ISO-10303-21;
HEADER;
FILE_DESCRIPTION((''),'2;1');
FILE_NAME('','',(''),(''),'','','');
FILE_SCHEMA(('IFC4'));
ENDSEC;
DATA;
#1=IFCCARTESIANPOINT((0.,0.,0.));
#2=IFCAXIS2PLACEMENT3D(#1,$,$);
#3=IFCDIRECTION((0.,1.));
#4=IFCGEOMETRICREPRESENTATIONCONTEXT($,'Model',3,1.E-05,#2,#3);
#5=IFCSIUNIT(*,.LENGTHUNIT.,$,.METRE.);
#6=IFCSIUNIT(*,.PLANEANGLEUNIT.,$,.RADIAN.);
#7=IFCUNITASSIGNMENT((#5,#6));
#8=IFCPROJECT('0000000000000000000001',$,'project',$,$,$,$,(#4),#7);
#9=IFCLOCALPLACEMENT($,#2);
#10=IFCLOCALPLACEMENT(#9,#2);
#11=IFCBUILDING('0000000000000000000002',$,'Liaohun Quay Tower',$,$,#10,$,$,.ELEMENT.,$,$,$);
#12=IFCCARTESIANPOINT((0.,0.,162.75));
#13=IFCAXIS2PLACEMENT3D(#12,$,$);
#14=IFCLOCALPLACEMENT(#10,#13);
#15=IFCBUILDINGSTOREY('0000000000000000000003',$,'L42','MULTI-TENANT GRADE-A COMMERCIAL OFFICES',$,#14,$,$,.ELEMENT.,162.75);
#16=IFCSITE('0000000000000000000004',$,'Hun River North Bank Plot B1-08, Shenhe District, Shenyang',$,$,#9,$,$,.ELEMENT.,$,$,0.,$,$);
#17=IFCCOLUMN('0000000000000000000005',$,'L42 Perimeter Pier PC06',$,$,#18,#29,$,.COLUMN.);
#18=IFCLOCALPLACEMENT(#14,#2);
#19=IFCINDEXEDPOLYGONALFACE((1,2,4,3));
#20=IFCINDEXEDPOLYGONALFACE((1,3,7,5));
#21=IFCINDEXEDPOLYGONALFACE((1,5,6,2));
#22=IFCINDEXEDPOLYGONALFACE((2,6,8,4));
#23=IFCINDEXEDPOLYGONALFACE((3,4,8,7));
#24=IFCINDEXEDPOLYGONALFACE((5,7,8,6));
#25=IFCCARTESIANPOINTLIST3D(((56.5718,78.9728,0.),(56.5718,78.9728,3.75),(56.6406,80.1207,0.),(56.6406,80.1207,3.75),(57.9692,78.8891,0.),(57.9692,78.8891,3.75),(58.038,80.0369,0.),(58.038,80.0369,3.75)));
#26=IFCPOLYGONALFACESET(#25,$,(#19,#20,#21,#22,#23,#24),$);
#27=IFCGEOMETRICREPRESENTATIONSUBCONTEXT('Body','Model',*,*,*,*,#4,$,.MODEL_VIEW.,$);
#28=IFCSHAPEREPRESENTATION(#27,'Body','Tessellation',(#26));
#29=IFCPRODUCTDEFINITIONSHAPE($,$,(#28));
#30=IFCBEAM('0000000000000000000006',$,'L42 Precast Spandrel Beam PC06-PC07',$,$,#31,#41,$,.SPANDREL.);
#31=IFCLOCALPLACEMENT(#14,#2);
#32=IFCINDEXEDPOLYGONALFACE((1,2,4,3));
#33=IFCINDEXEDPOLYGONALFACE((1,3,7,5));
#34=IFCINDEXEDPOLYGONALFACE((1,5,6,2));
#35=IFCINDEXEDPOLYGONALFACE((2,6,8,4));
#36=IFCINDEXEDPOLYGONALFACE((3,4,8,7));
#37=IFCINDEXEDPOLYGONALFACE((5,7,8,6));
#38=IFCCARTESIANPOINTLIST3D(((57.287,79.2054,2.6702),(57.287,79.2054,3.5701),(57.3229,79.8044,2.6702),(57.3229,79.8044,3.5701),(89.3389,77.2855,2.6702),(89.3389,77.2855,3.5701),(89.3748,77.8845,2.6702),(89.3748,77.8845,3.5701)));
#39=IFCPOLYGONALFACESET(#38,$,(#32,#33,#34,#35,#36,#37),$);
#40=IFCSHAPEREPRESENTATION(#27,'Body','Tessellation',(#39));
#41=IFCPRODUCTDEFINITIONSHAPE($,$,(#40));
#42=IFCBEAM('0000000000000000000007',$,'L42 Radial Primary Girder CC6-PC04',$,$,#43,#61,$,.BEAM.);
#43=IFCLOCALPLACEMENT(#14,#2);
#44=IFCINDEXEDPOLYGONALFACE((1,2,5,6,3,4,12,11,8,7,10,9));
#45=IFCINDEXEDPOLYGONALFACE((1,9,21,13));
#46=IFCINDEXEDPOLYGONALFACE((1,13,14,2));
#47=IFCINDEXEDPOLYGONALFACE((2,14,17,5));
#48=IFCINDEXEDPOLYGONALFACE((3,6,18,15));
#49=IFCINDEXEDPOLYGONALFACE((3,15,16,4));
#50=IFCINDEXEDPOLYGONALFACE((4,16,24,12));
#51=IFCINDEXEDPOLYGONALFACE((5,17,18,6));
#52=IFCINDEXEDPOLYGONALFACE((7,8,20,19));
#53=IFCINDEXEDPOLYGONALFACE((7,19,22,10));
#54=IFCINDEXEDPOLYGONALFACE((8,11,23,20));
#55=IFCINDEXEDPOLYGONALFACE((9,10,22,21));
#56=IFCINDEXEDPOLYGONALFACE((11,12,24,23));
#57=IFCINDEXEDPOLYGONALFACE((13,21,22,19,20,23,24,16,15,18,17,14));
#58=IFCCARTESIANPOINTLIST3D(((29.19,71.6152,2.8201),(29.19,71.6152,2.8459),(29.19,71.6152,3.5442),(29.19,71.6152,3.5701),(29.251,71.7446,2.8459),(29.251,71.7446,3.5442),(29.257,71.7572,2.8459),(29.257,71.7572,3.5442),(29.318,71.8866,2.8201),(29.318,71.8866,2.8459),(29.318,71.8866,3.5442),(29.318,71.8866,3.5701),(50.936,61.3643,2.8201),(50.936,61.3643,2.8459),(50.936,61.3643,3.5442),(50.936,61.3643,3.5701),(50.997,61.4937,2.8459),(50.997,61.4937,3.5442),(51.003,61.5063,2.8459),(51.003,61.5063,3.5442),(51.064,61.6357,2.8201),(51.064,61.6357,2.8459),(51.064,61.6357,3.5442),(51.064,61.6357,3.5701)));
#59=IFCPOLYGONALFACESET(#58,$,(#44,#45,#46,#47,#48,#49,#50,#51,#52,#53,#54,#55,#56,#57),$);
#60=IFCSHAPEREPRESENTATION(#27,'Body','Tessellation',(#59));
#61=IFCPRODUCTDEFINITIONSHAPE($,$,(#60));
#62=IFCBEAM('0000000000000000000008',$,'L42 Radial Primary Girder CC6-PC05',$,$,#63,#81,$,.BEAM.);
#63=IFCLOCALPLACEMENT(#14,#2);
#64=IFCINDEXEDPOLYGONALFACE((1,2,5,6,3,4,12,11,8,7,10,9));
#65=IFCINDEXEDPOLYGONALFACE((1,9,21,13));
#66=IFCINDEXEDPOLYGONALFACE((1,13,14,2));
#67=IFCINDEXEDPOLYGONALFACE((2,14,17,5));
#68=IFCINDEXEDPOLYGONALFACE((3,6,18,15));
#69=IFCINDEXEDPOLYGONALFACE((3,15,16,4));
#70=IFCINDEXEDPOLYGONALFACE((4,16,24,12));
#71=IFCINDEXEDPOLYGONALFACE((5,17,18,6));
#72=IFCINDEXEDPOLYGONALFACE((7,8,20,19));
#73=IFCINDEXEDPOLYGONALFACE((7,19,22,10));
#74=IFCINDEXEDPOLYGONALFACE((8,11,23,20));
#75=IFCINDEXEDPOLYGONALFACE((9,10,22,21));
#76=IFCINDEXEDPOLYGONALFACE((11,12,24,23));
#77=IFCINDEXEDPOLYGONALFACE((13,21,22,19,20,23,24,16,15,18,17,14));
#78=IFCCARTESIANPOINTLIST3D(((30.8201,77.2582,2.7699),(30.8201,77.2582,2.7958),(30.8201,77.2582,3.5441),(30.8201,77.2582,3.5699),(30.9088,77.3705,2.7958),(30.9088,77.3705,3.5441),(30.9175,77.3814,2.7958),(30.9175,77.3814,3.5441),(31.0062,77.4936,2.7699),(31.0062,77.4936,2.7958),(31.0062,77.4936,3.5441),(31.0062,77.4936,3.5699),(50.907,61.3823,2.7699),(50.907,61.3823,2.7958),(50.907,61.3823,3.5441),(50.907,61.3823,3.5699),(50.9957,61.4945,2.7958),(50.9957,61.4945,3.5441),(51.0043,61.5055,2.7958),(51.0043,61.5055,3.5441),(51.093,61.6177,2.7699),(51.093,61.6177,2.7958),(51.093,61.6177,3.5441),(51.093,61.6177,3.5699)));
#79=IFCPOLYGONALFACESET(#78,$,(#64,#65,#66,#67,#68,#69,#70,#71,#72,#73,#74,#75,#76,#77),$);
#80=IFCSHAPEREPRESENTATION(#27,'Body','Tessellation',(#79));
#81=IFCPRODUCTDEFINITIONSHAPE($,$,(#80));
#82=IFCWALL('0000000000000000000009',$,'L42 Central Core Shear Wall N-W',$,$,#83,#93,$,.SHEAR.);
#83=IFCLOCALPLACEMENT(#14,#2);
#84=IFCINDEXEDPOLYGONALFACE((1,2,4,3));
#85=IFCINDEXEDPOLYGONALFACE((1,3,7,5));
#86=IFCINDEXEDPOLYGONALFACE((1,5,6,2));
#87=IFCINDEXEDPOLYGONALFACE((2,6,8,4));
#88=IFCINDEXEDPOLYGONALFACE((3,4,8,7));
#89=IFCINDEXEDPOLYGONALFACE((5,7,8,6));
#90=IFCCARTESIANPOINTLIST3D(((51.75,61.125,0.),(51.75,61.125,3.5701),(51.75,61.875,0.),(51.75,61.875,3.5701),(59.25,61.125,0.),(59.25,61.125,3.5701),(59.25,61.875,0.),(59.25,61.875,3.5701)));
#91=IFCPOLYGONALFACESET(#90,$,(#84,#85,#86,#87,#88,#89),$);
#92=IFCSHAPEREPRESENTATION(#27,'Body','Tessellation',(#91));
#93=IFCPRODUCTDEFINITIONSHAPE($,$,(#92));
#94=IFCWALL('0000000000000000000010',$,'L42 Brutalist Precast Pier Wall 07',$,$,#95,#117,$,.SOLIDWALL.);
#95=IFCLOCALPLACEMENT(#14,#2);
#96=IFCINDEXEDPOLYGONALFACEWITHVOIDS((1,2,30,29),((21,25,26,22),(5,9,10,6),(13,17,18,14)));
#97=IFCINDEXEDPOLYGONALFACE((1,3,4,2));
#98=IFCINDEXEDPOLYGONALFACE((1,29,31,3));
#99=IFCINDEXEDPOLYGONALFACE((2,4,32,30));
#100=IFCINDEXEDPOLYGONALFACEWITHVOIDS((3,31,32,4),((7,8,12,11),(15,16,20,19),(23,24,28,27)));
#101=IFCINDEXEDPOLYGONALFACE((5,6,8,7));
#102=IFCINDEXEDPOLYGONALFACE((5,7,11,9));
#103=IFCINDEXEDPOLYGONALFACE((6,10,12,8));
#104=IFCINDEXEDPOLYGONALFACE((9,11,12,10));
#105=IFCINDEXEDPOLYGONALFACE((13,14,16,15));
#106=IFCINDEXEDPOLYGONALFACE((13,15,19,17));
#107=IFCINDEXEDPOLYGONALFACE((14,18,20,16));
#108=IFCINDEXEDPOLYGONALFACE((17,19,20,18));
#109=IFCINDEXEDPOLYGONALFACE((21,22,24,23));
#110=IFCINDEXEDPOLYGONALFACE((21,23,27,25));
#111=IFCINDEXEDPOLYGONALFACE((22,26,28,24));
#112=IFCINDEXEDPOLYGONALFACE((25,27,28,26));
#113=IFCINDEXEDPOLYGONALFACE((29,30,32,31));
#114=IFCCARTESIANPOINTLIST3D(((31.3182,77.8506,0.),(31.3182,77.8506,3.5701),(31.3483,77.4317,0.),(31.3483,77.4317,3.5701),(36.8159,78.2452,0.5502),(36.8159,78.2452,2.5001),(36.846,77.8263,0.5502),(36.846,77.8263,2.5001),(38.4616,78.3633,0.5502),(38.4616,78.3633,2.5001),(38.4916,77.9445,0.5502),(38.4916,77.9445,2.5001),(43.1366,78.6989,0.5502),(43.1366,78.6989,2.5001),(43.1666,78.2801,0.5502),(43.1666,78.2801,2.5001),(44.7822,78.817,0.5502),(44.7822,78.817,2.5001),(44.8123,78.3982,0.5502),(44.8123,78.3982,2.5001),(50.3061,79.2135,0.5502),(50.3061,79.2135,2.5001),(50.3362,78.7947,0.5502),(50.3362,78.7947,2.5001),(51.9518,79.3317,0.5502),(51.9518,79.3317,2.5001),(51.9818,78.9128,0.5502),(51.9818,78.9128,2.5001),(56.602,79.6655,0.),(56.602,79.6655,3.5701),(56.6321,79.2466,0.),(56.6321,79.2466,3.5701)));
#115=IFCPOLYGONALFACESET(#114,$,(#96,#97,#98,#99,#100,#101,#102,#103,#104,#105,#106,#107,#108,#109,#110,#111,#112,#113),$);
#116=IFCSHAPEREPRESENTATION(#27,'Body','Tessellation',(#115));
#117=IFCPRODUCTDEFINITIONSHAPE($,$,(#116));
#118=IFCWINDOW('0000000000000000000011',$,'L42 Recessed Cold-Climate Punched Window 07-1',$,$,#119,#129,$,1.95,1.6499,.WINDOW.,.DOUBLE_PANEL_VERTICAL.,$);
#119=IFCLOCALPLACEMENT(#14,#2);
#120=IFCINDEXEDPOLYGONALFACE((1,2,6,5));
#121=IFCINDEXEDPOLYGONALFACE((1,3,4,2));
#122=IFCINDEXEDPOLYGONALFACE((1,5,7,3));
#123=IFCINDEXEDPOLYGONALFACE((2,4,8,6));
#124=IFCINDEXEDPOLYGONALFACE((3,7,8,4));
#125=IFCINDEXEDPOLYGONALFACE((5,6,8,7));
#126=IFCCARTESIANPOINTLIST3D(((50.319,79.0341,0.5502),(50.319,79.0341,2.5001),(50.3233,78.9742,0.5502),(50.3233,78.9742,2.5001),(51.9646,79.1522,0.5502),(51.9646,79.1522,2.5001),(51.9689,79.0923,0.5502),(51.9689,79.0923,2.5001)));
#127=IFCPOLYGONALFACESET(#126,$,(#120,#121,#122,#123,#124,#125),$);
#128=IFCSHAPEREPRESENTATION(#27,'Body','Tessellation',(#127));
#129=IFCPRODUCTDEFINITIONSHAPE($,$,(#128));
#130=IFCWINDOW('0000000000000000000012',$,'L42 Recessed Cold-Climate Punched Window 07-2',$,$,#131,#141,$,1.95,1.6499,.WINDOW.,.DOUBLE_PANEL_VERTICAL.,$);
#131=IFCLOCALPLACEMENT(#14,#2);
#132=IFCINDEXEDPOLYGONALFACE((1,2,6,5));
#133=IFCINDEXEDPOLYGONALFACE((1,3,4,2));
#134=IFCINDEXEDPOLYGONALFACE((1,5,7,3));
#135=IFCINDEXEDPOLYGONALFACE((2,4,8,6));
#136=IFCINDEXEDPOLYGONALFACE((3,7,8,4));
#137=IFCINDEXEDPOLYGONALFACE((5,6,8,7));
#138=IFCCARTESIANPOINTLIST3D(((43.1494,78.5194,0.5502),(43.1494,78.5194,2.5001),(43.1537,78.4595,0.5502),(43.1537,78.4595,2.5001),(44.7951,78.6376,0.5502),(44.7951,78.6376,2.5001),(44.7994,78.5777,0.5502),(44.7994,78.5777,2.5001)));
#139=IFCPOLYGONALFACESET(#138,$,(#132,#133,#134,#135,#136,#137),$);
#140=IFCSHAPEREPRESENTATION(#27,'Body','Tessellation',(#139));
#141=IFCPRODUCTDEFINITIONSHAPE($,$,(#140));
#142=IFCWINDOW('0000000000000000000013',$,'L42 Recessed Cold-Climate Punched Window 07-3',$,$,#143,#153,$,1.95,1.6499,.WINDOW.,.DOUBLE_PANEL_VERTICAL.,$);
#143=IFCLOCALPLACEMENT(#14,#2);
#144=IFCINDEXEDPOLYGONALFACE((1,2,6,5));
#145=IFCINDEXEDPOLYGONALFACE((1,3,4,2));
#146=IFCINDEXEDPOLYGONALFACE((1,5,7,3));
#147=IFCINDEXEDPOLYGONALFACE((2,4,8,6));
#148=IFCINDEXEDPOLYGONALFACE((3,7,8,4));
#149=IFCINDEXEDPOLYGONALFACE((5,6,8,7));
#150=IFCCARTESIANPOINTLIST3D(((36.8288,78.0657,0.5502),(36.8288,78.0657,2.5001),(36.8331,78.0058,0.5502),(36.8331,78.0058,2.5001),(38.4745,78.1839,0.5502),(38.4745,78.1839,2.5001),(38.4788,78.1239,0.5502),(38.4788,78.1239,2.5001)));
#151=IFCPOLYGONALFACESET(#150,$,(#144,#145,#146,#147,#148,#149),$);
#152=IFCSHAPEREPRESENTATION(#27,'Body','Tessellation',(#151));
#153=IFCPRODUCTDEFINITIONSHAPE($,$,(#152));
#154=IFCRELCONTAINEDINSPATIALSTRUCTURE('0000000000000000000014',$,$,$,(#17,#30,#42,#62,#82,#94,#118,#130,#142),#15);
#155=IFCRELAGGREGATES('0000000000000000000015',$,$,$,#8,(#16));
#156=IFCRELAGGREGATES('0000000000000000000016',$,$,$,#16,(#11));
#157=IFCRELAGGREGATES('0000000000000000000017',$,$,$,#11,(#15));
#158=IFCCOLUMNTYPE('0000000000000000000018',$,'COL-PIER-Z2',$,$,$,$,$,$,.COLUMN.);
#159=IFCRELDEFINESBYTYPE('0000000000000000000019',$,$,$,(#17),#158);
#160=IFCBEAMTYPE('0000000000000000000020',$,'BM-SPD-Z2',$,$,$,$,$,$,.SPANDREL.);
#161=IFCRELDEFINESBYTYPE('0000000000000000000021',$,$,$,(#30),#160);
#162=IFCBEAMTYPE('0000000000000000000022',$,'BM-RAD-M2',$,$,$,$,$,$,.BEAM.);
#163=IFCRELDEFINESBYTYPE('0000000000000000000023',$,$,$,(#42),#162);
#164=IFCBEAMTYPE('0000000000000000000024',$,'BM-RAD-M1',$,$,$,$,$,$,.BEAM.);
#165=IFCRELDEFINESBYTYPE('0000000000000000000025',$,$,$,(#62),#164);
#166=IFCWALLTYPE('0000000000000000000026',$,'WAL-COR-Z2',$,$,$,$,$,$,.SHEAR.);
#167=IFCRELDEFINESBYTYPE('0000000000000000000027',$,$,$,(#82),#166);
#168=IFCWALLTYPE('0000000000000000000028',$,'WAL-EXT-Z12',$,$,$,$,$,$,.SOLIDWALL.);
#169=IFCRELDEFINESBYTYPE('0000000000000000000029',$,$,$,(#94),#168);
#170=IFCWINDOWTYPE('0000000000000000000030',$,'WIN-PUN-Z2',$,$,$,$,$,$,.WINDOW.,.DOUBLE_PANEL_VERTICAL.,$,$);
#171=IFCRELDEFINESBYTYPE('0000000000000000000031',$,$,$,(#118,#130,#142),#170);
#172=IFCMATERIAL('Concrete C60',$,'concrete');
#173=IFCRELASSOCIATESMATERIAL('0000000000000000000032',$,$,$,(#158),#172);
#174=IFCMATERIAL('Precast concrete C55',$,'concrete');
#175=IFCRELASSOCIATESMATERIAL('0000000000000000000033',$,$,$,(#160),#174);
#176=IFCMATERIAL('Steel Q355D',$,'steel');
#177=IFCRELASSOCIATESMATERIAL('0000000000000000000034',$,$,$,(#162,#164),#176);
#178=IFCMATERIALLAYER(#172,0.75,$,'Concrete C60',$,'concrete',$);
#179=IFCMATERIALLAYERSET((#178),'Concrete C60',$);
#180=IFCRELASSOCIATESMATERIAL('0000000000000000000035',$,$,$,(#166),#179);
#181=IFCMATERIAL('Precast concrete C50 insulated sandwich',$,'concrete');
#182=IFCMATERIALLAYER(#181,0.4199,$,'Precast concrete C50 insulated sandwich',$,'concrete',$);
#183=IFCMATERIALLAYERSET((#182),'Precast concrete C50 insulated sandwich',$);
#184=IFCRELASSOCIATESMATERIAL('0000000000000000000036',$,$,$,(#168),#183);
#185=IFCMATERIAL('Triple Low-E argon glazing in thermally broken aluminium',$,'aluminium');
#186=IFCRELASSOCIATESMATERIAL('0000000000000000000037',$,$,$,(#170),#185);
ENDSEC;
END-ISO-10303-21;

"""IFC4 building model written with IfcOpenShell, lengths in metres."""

from ifc_helpers import new_model, si_unit, direction, frame, frame_2d, origin, origin_2d, place, context, subcontext, project, spatial, rectangle, i_section, extrude, source, transform, mapped, material, layer, layer_set, material_profile, profile_set, type_object, element, fill, save


model = new_model("IFC4")

# Units and contexts
model_context = context("Model", 3, precision=1e-05, world=origin(), true_north=direction((0.0, 1.0)))
body_context = subcontext(model_context, "Body", "Model", "MODEL_VIEW")
ifc_project = project(units=[si_unit("LENGTHUNIT", "METRE"), si_unit("PLANEANGLEUNIT", "RADIAN")], contexts=[model_context])

# Site, building, storey
site_placement = place(None, origin())
site = spatial("IfcSite", under=ifc_project, at=site_placement, Name="Hun River North Bank Plot B1-08, Shenhe District, Shenyang", CompositionType="ELEMENT", RefElevation=0.0)
building_placement = place(site_placement, origin())
building = spatial("IfcBuilding", under=site, at=building_placement, Name="Liaohun Quay Tower", CompositionType="ELEMENT")
storey_placement = place(building_placement, frame((0.0, 0.0, 162.75)))
storey = spatial("IfcBuildingStorey", under=building, at=storey_placement, Name="L42", Description="MULTI-TENANT GRADE-A COMMERCIAL OFFICES", CompositionType="ELEMENT", Elevation=162.75)

# Column
ifc_material_1 = material(Name="Concrete C60", Category="concrete")
ifc_material_profile_1 = material_profile(ifc_material_1, rectangle(XDim=1.3999, YDim=1.1499, at=origin_2d()), Name="RC1400x1150")
ifc_profile_set_1 = profile_set([ifc_material_profile_1], Name="Concrete C60")
column_type = type_object("IfcColumnType", Name="COL-PIER-Z2", PredefinedType="COLUMN", material=ifc_profile_set_1)
shared_shape_1 = source(origin(), body_context, "Body", "SweptSolid", [
    extrude(rectangle(XDim=1.3999, YDim=1.1499, at=origin_2d()), origin(), (0.0, 0.0, 1.0), 3.75),
])
column_placement = place(storey_placement, frame((57.3049, 79.5049, 0.0), z_axis=(0.0, 0.0, 1.0), x_axis=(-0.998209, 0.059829, 0.0)))
element("IfcColumn", 1, at=column_placement, inside=storey, type_object=column_type, Name="L42 Perimeter Pier PC06", PredefinedType="COLUMN", context=body_context, shape_type="MappedRepresentation", body=[
    mapped(shared_shape_1, transform((0.0, 0.0, 0.0), x_axis=(1.0, 0.0, 0.0), y_axis=(0.0, 1.0, 0.0), z_axis=(0.0, 0.0, 1.0), scale=1.0)),
])

# Beams
ifc_material_2 = material(Name="Precast concrete C55", Category="concrete")
ifc_material_profile_2 = material_profile(ifc_material_2, rectangle(XDim=0.6001, YDim=0.8999, at=origin_2d()), Name="RC600x900")
ifc_profile_set_2 = profile_set([ifc_material_profile_2], Name="Precast concrete C55")
beam_type_1 = type_object("IfcBeamType", Name="BM-SPD-Z2", PredefinedType="SPANDREL", material=ifc_profile_set_2)
shared_shape_2 = source(origin(), body_context, "Body", "SweptSolid", [
    extrude(rectangle(XDim=0.6001, YDim=0.8999, at=origin_2d()), origin(), (0.0, 0.0, 1.0), 32.1094),
])
beam_1_placement = place(storey_placement, frame((57.3049, 79.5049, 3.1201), z_axis=(0.998211, -0.059793, 0.0), x_axis=(0.059793, 0.998211, 0.0)))
element("IfcBeam", 2, at=beam_1_placement, inside=storey, type_object=beam_type_1, Name="L42 Precast Spandrel Beam PC06-PC07", PredefinedType="SPANDREL", context=body_context, shape_type="MappedRepresentation", body=[
    mapped(shared_shape_2, transform((0.0, 0.0, 0.0), x_axis=(1.0, 0.0, 0.0), y_axis=(0.0, 1.0, 0.0), z_axis=(0.0, 0.0, 1.0), scale=1.0)),
])
ifc_material_3 = material(Name="Steel Q355D", Category="steel")
ifc_material_profile_3 = material_profile(ifc_material_3, i_section(OverallWidth=0.3, OverallDepth=0.75, WebThickness=0.0139, FlangeThickness=0.0259, at=origin_2d()), Name="HN750x300x14x26")
ifc_profile_set_3 = profile_set([ifc_material_profile_3], Name="Steel Q355D")
beam_type_2 = type_object("IfcBeamType", Name="BM-RAD-M2", PredefinedType="BEAM", material=ifc_profile_set_3)
shared_shape_3 = source(origin(), body_context, "Body", "SweptSolid", [
    extrude(i_section(OverallWidth=0.3, OverallDepth=0.75, WebThickness=0.0139, FlangeThickness=0.0259, at=origin_2d()), origin(), (0.0, 0.0, 1.0), 24.041),
])
beam_2_placement = place(storey_placement, frame((51.0, 61.5, 3.1951), z_axis=(-0.904538, 0.426394, 0.0), x_axis=(-0.426394, -0.904538, 0.0)))
element("IfcBeam", 3, at=beam_2_placement, inside=storey, type_object=beam_type_2, Name="L42 Radial Primary Girder CC6-PC04", PredefinedType="BEAM", context=body_context, shape_type="MappedRepresentation", body=[
    mapped(shared_shape_3, transform((0.0, 0.0, 0.0), x_axis=(1.0, 0.0, 0.0), y_axis=(0.0, 1.0, 0.0), z_axis=(0.0, 0.0, 1.0), scale=1.0)),
])
ifc_material_profile_4 = material_profile(ifc_material_3, i_section(OverallWidth=0.3, OverallDepth=0.8, WebThickness=0.0139, FlangeThickness=0.0259, at=origin_2d()), Name="HN800x300x14x26")
ifc_profile_set_4 = profile_set([ifc_material_profile_4], Name="Steel Q355D")
beam_type_3 = type_object("IfcBeamType", Name="BM-RAD-M1", PredefinedType="BEAM", material=ifc_profile_set_4)
shared_shape_4 = source(origin(), body_context, "Body", "SweptSolid", [
    extrude(i_section(OverallWidth=0.3, OverallDepth=0.8, WebThickness=0.0139, FlangeThickness=0.0259, at=origin_2d()), origin(), (0.0, 0.0, 1.0), 25.6033),
])
beam_3_placement = place(storey_placement, frame((51.0, 61.5, 3.1699), z_axis=(-0.784543, 0.620075, 0.0), x_axis=(-0.620075, -0.784543, 0.0)))
element("IfcBeam", 4, at=beam_3_placement, inside=storey, type_object=beam_type_3, Name="L42 Radial Primary Girder CC6-PC05", PredefinedType="BEAM", context=body_context, shape_type="MappedRepresentation", body=[
    mapped(shared_shape_4, transform((0.0, 0.0, 0.0), x_axis=(1.0, 0.0, 0.0), y_axis=(0.0, 1.0, 0.0), z_axis=(0.0, 0.0, 1.0), scale=1.0)),
])

# Wall
ifc_layer_1 = layer(ifc_material_1, 0.75, Name="Concrete C60", Category="concrete")
ifc_layer_set_1 = layer_set([ifc_layer_1], Name="Concrete C60")
wall_type_1 = type_object("IfcWallType", Name="WAL-COR-Z2", PredefinedType="SHEAR", material=ifc_layer_set_1)
wall_1_placement = place(storey_placement, frame((51.75, 61.5, 0.0), z_axis=(0.0, 0.0, 1.0), x_axis=(1.0, 0.0, 0.0)))
element("IfcWall", 5, at=wall_1_placement, inside=storey, type_object=wall_type_1, Name="L42 Central Core Shear Wall N-W", PredefinedType="SHEAR", context=body_context, shape_type="SweptSolid", body=[
    extrude(rectangle(XDim=7.5, YDim=0.75, at=frame_2d((3.75, 0.0))), origin(), (0.0, 0.0, 1.0), 3.5701),
])

# Wall, openings, windows
ifc_material_4 = material(Name="Precast concrete C50 insulated sandwich", Category="concrete")
ifc_layer_2 = layer(ifc_material_4, 0.4199, Name="Precast concrete C50 insulated sandwich", Category="concrete")
ifc_layer_set_2 = layer_set([ifc_layer_2], Name="Precast concrete C50 insulated sandwich")
wall_type_2 = type_object("IfcWallType", Name="WAL-EXT-Z12", PredefinedType="SOLIDWALL", material=ifc_layer_set_2)
wall_2_placement = place(storey_placement, frame((56.6169, 79.4561, 0.0), z_axis=(0.0, 0.0, 1.0), x_axis=(-0.997434, -0.071598, 0.0)))
wall_2 = element("IfcWall", 6, at=wall_2_placement, inside=storey, type_object=wall_type_2, Name="L42 Brutalist Precast Pier Wall 07", PredefinedType="SOLIDWALL", context=body_context, shape_type="SweptSolid", body=[
    extrude(rectangle(XDim=25.3489, YDim=0.4199, at=frame_2d((12.6743, 0.0))), origin(), (0.0, 0.0, 1.0), 3.5701),
])
shared_shape_5 = source(origin(), body_context, "Body", "SweptSolid", [
    extrude(rectangle(XDim=1.6499, YDim=1.95, at=frame_2d((0.825, 0.9751))), frame((0.0, 0.22, 0.0), z_axis=(0.0, -1.0, 0.0), x_axis=(1.0, 0.0, 0.0)), (0.0, 0.0, 1.0), 0.4399),
])
opening_1_placement = place(wall_2_placement, frame((4.6621, 0.0, 0.55)))
opening_1 = element("IfcOpeningElement", 7, at=opening_1_placement, cuts=wall_2, PredefinedType="OPENING", context=body_context, shape_type="MappedRepresentation", body=[
    mapped(shared_shape_5, transform((0.0, 0.0, 0.0), x_axis=(1.0, 0.0, 0.0), y_axis=(0.0, 1.0, 0.0), z_axis=(0.0, 0.0, 1.0), scale=1.0)),
])
opening_2_placement = place(wall_2_placement, frame((11.8501, 0.0, 0.55)))
opening_2 = element("IfcOpeningElement", 8, at=opening_2_placement, cuts=wall_2, PredefinedType="OPENING", context=body_context, shape_type="MappedRepresentation", body=[
    mapped(shared_shape_5, transform((0.0, 0.0, 0.0), x_axis=(1.0, 0.0, 0.0), y_axis=(0.0, 1.0, 0.0), z_axis=(0.0, 0.0, 1.0), scale=1.0)),
])
opening_3_placement = place(wall_2_placement, frame((18.187, 0.0, 0.55)))
opening_3 = element("IfcOpeningElement", 9, at=opening_3_placement, cuts=wall_2, PredefinedType="OPENING", context=body_context, shape_type="MappedRepresentation", body=[
    mapped(shared_shape_5, transform((0.0, 0.0, 0.0), x_axis=(1.0, 0.0, 0.0), y_axis=(0.0, 1.0, 0.0), z_axis=(0.0, 0.0, 1.0), scale=1.0)),
])
ifc_material_5 = material(Name="Triple Low-E argon glazing in thermally broken aluminium", Category="aluminium")
window_type = type_object("IfcWindowType", Name="WIN-PUN-Z2", PartitioningType="DOUBLE_PANEL_VERTICAL", PredefinedType="WINDOW", material=ifc_material_5)
shared_shape_6 = source(origin(), body_context, "Body", "SweptSolid", [
    extrude(rectangle(XDim=1.6499, YDim=1.95, at=frame_2d((0.825, 0.9751))), frame((0.0, 0.03, 0.0), z_axis=(0.0, -1.0, 0.0), x_axis=(1.0, 0.0, 0.0)), (0.0, 0.0, 1.0), 0.0601),
])
window_1_placement = place(opening_1_placement, origin())
window_1 = element("IfcWindow", 10, at=window_1_placement, inside=storey, type_object=window_type, Name="L42 Recessed Cold-Climate Punched Window 07-1", OverallHeight=1.95, OverallWidth=1.6499, PartitioningType="DOUBLE_PANEL_VERTICAL", PredefinedType="WINDOW", context=body_context, shape_type="MappedRepresentation", body=[
    mapped(shared_shape_6, transform((0.0, 0.0, 0.0), x_axis=(1.0, 0.0, 0.0), y_axis=(0.0, 1.0, 0.0), z_axis=(0.0, 0.0, 1.0), scale=1.0)),
])
fill(opening_1, window_1)
window_2_placement = place(opening_2_placement, origin())
window_2 = element("IfcWindow", 11, at=window_2_placement, inside=storey, type_object=window_type, Name="L42 Recessed Cold-Climate Punched Window 07-2", OverallHeight=1.95, OverallWidth=1.6499, PartitioningType="DOUBLE_PANEL_VERTICAL", PredefinedType="WINDOW", context=body_context, shape_type="MappedRepresentation", body=[
    mapped(shared_shape_6, transform((0.0, 0.0, 0.0), x_axis=(1.0, 0.0, 0.0), y_axis=(0.0, 1.0, 0.0), z_axis=(0.0, 0.0, 1.0), scale=1.0)),
])
fill(opening_2, window_2)
window_3_placement = place(opening_3_placement, origin())
window_3 = element("IfcWindow", 12, at=window_3_placement, inside=storey, type_object=window_type, Name="L42 Recessed Cold-Climate Punched Window 07-3", OverallHeight=1.95, OverallWidth=1.6499, PartitioningType="DOUBLE_PANEL_VERTICAL", PredefinedType="WINDOW", context=body_context, shape_type="MappedRepresentation", body=[
    mapped(shared_shape_6, transform((0.0, 0.0, 0.0), x_axis=(1.0, 0.0, 0.0), y_axis=(0.0, 1.0, 0.0), z_axis=(0.0, 0.0, 1.0), scale=1.0)),
])
fill(opening_3, window_3)

save(model, "model.ifc")
